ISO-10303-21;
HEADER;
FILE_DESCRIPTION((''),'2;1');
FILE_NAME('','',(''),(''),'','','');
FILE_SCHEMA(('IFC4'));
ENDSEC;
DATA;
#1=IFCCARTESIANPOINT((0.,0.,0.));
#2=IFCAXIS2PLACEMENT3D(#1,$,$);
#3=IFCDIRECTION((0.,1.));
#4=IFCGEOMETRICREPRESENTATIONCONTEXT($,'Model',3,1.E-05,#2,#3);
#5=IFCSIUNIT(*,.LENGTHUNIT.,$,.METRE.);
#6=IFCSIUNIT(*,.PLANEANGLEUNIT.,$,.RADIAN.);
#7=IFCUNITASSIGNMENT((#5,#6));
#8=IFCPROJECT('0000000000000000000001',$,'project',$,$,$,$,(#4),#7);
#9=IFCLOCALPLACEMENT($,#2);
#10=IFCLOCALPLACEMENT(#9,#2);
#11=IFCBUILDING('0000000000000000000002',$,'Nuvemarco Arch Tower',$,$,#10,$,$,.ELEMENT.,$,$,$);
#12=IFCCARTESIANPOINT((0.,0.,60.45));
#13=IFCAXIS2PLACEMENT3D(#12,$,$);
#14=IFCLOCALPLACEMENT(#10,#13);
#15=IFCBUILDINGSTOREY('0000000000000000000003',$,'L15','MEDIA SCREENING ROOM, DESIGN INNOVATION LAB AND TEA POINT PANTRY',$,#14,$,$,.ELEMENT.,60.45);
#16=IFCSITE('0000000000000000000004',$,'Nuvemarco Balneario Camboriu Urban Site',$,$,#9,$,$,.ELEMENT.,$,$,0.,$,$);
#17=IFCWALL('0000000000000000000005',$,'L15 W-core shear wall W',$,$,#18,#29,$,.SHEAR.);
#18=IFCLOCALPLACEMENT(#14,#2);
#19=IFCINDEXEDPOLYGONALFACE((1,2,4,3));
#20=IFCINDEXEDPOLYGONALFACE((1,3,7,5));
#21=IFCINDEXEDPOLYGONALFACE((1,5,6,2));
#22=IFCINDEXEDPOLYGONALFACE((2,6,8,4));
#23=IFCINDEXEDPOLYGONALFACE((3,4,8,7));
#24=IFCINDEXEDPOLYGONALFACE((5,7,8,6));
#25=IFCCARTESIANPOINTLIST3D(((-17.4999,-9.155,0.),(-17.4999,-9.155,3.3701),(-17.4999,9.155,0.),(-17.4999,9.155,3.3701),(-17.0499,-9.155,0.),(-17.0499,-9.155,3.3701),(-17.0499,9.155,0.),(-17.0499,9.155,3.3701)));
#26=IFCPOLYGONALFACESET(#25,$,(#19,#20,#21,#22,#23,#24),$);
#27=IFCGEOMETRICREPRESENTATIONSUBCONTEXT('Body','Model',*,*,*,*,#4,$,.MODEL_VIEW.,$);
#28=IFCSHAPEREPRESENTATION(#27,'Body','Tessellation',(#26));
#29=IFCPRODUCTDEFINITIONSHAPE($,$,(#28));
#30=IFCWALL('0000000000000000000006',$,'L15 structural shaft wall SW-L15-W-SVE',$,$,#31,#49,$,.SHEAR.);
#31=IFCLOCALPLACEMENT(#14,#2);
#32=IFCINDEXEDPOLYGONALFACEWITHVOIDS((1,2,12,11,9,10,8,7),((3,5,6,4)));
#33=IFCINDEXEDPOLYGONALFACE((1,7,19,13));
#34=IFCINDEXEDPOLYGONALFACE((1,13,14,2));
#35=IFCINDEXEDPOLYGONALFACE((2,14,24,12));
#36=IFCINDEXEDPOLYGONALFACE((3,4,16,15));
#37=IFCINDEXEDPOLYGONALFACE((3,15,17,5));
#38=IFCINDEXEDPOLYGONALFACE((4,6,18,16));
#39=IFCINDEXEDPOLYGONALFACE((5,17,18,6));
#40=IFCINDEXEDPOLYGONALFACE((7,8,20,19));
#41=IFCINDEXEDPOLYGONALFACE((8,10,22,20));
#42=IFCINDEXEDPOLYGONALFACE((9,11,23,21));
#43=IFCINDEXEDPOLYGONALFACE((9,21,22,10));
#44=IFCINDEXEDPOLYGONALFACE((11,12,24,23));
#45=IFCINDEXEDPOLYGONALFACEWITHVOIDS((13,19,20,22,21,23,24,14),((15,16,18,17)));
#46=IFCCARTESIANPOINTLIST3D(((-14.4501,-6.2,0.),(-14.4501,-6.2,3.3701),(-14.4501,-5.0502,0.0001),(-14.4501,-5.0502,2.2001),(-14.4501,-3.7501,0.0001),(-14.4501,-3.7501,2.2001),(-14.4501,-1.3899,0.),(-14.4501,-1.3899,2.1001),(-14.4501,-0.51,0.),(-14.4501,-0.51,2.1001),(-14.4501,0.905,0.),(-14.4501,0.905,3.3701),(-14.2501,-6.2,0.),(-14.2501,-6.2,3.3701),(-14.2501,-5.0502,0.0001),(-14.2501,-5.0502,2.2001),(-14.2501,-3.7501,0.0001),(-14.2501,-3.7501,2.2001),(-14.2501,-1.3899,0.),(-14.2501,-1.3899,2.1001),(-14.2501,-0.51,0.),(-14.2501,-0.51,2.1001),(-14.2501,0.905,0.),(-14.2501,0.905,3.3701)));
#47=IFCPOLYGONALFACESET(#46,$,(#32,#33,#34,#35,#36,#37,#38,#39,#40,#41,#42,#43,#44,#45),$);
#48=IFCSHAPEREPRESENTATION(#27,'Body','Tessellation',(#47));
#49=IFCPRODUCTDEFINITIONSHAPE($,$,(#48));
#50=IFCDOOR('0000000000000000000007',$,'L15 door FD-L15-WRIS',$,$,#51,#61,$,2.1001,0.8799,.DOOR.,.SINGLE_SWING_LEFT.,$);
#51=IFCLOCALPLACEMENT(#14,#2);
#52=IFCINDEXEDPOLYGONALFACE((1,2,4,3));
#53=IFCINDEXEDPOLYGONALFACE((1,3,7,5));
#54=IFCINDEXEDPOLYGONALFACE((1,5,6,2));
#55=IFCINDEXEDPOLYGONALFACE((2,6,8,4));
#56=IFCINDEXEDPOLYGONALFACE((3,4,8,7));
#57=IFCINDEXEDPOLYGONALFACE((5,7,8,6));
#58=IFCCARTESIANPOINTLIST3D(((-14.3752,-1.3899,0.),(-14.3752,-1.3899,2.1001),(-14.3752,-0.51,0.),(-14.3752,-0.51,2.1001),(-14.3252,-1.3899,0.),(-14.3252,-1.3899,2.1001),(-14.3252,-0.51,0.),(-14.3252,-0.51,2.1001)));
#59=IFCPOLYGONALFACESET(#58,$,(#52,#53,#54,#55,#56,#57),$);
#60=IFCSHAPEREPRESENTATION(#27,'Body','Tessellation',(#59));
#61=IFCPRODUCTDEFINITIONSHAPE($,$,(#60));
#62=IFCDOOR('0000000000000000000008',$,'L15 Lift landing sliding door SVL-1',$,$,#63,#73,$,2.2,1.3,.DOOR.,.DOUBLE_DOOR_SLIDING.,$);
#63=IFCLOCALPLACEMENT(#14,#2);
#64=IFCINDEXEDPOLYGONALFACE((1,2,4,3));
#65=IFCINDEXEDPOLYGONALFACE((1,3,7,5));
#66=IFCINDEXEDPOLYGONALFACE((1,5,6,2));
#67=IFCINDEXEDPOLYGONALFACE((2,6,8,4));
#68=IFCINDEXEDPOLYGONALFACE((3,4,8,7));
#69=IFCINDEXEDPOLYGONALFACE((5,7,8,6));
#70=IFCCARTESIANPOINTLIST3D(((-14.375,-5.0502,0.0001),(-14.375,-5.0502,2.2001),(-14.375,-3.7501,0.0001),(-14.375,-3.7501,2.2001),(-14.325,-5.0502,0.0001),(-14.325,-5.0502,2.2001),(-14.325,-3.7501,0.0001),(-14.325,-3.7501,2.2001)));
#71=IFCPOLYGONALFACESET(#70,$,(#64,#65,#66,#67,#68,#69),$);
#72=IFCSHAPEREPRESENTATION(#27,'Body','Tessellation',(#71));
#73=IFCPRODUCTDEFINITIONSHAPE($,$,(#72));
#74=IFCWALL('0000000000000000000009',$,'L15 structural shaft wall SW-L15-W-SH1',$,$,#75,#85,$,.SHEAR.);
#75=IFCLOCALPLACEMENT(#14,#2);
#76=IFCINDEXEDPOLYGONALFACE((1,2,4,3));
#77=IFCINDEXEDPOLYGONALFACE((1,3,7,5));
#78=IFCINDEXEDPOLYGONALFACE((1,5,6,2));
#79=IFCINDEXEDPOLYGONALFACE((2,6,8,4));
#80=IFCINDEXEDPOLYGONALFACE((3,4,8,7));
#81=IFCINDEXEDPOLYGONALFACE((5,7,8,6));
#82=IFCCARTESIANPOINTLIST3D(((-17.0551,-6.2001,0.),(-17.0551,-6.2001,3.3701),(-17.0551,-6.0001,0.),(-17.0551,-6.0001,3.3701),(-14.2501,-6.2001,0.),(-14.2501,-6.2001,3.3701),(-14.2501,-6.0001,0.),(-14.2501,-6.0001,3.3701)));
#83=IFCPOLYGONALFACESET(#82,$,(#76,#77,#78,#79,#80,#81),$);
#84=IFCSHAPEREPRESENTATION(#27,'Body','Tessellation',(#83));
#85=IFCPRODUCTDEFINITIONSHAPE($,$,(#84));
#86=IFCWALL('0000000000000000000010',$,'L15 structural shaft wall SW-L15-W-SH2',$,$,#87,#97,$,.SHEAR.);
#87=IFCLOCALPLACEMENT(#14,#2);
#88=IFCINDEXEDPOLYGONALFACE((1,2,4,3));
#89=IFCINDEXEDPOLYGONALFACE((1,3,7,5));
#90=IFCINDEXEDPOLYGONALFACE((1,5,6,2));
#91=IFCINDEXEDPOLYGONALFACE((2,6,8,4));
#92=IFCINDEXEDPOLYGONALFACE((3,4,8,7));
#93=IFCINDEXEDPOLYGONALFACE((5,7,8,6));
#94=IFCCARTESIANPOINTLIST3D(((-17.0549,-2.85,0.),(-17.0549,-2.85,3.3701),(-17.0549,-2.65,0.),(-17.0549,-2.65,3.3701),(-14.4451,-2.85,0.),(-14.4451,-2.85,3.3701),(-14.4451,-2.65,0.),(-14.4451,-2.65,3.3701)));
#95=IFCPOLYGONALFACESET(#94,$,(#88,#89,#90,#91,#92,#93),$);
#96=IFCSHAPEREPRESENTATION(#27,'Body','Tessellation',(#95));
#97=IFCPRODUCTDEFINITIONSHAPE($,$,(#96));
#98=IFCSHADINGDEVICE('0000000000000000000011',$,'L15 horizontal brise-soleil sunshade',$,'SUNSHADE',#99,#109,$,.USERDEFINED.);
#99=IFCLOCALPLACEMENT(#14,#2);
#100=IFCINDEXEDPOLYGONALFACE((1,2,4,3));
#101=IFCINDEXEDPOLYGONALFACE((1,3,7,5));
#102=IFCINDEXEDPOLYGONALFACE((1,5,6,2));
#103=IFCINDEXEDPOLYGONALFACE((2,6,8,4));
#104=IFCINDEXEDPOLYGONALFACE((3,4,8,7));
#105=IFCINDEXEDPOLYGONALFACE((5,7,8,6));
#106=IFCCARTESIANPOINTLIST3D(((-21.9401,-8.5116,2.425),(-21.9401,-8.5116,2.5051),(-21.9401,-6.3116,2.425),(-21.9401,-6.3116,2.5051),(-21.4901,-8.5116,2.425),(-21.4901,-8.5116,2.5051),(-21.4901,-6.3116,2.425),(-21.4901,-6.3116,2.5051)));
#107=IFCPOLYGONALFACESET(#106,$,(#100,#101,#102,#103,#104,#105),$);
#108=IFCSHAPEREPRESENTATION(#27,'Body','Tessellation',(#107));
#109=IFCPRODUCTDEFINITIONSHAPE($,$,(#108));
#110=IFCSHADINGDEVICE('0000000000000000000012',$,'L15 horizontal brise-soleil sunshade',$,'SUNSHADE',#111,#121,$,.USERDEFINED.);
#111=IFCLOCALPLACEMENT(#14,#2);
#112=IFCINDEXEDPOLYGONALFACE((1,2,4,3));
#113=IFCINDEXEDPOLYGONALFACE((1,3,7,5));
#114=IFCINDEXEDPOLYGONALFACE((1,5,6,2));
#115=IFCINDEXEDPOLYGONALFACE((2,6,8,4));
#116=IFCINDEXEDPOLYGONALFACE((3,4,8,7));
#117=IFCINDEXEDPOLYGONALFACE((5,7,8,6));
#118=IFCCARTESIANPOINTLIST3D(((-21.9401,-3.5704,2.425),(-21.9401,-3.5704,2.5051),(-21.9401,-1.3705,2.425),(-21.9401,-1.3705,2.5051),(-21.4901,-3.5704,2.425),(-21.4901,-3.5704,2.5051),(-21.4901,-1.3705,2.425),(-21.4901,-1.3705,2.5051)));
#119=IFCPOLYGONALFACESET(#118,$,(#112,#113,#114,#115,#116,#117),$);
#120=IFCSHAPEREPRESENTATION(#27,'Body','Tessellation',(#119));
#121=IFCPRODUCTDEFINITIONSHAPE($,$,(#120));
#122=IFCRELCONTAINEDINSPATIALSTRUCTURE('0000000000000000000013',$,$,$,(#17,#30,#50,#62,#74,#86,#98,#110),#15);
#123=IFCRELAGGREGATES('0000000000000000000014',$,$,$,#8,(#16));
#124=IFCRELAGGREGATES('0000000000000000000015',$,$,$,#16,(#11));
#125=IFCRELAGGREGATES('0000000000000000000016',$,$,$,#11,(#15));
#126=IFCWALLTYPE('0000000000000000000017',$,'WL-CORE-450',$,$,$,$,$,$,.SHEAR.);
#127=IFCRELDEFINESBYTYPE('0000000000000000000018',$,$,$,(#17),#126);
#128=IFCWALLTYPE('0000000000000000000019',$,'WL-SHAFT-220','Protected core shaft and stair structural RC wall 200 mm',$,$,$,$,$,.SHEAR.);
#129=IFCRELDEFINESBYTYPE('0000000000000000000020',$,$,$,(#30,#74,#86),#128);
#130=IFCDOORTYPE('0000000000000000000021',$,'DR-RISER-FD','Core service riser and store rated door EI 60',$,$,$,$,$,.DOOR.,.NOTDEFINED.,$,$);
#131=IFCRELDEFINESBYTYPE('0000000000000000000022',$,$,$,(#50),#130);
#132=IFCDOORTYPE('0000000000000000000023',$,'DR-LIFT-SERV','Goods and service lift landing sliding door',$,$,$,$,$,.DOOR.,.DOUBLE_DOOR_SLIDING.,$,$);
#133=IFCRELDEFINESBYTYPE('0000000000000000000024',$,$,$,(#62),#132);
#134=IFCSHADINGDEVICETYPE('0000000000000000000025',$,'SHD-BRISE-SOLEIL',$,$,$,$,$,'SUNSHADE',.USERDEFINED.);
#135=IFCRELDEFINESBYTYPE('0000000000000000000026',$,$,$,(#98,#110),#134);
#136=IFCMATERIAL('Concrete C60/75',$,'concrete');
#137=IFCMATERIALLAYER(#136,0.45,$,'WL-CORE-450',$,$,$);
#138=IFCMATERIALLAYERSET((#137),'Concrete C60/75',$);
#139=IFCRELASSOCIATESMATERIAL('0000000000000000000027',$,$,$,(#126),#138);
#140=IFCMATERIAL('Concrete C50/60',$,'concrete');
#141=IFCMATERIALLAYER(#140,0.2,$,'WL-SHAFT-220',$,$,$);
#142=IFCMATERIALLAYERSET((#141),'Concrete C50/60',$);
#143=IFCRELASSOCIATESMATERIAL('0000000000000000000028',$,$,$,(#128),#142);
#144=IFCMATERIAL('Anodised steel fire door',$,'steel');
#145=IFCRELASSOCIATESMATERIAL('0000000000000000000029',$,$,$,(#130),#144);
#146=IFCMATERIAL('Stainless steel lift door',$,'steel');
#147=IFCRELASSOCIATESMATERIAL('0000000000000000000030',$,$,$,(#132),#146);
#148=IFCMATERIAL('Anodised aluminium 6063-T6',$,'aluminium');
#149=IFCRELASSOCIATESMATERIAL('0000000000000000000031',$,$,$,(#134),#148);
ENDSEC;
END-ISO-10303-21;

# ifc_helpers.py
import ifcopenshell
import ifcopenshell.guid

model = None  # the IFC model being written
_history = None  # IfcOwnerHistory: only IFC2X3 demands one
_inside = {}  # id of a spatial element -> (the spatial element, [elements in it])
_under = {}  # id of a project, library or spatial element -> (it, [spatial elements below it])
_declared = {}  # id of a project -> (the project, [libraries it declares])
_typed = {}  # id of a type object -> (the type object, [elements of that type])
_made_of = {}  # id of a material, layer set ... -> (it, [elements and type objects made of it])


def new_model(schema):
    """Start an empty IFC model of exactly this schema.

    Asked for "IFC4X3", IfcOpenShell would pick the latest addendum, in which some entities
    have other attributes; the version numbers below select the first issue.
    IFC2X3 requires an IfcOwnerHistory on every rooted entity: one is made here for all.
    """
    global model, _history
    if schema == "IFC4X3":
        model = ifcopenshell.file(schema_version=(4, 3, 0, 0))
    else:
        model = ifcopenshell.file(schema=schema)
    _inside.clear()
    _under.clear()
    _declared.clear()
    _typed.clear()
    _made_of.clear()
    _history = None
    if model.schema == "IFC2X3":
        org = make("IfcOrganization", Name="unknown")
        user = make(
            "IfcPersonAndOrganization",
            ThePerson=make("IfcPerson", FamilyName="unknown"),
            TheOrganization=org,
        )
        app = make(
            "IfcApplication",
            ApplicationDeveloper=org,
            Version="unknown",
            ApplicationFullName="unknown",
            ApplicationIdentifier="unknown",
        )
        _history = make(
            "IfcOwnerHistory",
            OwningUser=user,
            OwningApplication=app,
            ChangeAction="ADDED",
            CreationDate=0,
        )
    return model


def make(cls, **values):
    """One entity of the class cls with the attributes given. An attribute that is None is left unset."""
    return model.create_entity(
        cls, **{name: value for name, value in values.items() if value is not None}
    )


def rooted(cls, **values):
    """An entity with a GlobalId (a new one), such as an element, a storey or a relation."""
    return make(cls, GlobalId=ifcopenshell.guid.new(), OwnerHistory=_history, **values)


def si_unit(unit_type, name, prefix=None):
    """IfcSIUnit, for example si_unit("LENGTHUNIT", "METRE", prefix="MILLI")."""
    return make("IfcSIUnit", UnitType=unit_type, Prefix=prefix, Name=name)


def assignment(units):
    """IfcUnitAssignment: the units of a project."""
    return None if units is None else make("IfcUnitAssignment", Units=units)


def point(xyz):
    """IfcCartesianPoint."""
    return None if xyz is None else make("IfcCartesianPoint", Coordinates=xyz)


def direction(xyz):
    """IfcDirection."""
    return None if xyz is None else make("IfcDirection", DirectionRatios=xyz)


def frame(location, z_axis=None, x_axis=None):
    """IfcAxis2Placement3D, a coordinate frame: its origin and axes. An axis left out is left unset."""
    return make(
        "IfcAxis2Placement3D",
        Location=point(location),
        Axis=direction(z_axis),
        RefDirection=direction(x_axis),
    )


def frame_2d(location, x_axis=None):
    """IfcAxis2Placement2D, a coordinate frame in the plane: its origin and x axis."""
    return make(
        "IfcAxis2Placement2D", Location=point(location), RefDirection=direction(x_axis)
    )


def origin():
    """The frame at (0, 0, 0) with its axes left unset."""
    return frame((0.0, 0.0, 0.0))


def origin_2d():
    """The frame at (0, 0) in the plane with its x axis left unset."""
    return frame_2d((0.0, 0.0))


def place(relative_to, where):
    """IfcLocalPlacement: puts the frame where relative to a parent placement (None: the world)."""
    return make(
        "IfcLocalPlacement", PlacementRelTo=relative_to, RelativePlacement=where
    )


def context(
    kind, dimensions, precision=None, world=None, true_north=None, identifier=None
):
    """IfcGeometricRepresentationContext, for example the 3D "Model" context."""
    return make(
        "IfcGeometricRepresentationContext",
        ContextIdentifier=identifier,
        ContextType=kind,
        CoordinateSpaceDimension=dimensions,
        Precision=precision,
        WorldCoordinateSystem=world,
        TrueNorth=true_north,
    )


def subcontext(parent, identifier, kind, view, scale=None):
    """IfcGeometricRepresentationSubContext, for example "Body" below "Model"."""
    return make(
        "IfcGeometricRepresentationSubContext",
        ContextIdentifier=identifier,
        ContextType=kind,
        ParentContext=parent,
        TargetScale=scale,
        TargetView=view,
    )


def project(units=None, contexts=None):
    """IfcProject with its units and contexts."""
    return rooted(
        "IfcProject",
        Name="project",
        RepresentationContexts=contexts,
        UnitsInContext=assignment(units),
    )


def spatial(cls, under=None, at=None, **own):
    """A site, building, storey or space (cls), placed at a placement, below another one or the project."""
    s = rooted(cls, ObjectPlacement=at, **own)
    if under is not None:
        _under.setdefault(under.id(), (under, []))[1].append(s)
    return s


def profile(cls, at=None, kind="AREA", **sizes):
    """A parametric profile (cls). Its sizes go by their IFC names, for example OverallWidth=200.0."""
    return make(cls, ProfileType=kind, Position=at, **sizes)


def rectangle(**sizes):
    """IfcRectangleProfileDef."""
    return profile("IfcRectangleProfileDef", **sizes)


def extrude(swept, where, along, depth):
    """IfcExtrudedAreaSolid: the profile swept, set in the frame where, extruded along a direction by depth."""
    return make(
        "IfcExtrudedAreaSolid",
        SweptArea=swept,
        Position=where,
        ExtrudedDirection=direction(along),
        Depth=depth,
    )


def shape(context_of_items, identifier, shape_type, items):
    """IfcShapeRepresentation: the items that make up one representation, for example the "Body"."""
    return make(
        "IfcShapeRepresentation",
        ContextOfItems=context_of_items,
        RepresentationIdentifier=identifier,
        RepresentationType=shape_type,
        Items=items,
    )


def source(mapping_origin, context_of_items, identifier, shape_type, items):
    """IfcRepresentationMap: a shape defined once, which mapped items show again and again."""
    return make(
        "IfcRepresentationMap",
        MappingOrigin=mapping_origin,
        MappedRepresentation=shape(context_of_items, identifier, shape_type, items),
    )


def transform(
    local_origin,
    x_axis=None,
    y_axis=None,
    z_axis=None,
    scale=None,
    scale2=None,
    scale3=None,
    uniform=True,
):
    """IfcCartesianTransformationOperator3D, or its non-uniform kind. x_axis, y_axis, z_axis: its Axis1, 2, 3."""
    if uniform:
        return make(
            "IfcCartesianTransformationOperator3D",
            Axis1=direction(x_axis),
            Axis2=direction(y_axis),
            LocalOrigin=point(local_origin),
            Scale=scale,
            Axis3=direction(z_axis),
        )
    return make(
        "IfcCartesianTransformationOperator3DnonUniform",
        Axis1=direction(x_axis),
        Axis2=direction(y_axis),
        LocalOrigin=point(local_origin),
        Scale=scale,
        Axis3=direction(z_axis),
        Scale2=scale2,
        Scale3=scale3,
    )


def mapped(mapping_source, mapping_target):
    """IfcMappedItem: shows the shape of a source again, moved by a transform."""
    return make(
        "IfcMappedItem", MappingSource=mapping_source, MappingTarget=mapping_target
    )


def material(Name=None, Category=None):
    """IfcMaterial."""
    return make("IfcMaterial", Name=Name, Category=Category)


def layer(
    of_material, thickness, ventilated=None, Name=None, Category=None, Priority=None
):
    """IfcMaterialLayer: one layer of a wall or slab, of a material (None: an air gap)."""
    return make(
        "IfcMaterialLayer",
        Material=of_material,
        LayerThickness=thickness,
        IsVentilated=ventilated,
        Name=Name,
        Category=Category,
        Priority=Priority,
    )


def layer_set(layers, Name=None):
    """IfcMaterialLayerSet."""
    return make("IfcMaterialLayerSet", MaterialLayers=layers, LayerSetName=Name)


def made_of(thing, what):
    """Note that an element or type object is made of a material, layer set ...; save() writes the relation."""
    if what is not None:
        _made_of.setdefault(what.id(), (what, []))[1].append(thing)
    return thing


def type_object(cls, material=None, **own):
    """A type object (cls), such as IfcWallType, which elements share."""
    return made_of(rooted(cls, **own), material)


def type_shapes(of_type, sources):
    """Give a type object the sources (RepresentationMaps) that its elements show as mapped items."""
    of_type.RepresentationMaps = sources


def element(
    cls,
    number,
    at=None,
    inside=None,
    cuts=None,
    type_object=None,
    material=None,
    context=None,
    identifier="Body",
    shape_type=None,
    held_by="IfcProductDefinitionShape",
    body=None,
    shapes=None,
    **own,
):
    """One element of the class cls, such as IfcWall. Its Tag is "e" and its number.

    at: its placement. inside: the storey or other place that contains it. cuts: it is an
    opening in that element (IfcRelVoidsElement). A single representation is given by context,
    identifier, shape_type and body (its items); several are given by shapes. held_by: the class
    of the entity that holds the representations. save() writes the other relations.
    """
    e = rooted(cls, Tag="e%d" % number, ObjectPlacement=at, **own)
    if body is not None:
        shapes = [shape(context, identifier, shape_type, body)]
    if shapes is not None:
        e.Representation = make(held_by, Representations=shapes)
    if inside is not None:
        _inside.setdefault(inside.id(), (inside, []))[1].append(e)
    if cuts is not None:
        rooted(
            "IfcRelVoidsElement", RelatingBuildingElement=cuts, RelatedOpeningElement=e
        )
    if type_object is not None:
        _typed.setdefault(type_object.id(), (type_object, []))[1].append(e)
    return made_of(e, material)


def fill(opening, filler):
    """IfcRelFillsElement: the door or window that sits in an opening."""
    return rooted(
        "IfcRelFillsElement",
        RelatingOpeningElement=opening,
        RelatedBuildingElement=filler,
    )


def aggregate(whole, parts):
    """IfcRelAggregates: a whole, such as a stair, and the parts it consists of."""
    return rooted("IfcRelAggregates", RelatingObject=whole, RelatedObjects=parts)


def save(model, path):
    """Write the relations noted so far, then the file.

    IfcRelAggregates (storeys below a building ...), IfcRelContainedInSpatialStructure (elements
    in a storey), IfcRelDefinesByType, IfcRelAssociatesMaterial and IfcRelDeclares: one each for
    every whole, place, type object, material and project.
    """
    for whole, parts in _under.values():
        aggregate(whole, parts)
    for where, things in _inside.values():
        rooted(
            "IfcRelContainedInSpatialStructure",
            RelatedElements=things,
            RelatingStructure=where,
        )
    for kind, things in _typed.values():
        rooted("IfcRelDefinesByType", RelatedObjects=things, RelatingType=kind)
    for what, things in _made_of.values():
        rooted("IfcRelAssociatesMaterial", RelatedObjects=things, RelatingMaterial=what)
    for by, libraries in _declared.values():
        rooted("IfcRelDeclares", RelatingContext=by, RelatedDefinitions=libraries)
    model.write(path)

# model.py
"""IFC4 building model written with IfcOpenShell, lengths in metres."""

from ifc_helpers import new_model, si_unit, direction, frame, frame_2d, origin, origin_2d, place, context, subcontext, project, spatial, rectangle, extrude, source, transform, mapped, material, layer, layer_set, type_object, type_shapes, element, fill, save


model = new_model("IFC4")

# Units and contexts
model_context = context("Model", 3, precision=1e-05, world=origin(), true_north=direction((0.0, 1.0)))
body_context = subcontext(model_context, "Body", "Model", "MODEL_VIEW")
ifc_project = project(units=[si_unit("LENGTHUNIT", "METRE"), si_unit("PLANEANGLEUNIT", "RADIAN")], contexts=[model_context])

# Site, building, storey
site_placement = place(None, origin())
site = spatial("IfcSite", under=ifc_project, at=site_placement, Name="Nuvemarco Balneario Camboriu Urban Site", CompositionType="ELEMENT", RefElevation=0.0)
building_placement = place(site_placement, origin())
building = spatial("IfcBuilding", under=site, at=building_placement, Name="Nuvemarco Arch Tower", CompositionType="ELEMENT")
storey_placement = place(building_placement, frame((0.0, 0.0, 60.45)))
storey = spatial("IfcBuildingStorey", under=building, at=storey_placement, Name="L15", Description="MEDIA SCREENING ROOM, DESIGN INNOVATION LAB AND TEA POINT PANTRY", CompositionType="ELEMENT", Elevation=60.45)

# Shared definitions
ifc_material_1 = material(Name="Concrete C60/75", Category="concrete")

# Wall
ifc_layer_1 = layer(ifc_material_1, 0.45, Name="WL-CORE-450")
ifc_layer_set_1 = layer_set([ifc_layer_1], Name="Concrete C60/75")
wall_type_1 = type_object("IfcWallType", Name="WL-CORE-450", PredefinedType="SHEAR", material=ifc_layer_set_1)
wall_1_placement = place(storey_placement, frame((-17.2749, -9.155, 0.0), z_axis=(0.0, 0.0, 1.0), x_axis=(0.0, 1.0, 0.0)))
element("IfcWall", 1, at=wall_1_placement, inside=storey, type_object=wall_type_1, Name="L15 W-core shear wall W", PredefinedType="SHEAR", context=body_context, shape_type="SweptSolid", body=[
    extrude(rectangle(XDim=18.3101, YDim=0.45, at=frame_2d((9.155, 0.0))), origin(), (0.0, 0.0, 1.0), 3.3701),
])

# Shared definitions
ifc_material_2 = material(Name="Concrete C50/60", Category="concrete")
ifc_layer_2 = layer(ifc_material_2, 0.2, Name="WL-SHAFT-220")
ifc_layer_set_2 = layer_set([ifc_layer_2], Name="Concrete C50/60")
wall_type_2 = type_object("IfcWallType", Name="WL-SHAFT-220", Description="Protected core shaft and stair structural RC wall 200 mm", PredefinedType="SHEAR", material=ifc_layer_set_2)
ifc_material_3 = material(Name="Stainless steel lift door", Category="steel")

# Wall, openings, doors
wall_2_placement = place(storey_placement, frame((-14.3501, -6.2, 0.0), z_axis=(0.0, 0.0, 1.0), x_axis=(0.0, 1.0, 0.0)))
wall_2 = element("IfcWall", 2, at=wall_2_placement, inside=storey, type_object=wall_type_2, Name="L15 structural shaft wall SW-L15-W-SVE", PredefinedType="SHEAR", context=body_context, shape_type="SweptSolid", body=[
    extrude(rectangle(XDim=7.105, YDim=0.2, at=frame_2d((3.5525, 0.0))), origin(), (0.0, 0.0, 1.0), 3.3701),
])
opening_1_placement = place(wall_2_placement, frame((5.6899, 0.0, 0.0), z_axis=(0.0, 0.0, 1.0), x_axis=(-1.0, 0.0, 0.0)))
opening_1 = element("IfcOpeningElement", 3, at=opening_1_placement, cuts=wall_2, PredefinedType="OPENING", context=body_context, shape_type="SweptSolid", body=[
    extrude(rectangle(XDim=0.8799, YDim=2.1001, at=frame_2d((0.4399, 1.05))), frame((0.0, 0.1099, 0.0), z_axis=(0.0, -1.0, 0.0), x_axis=(1.0, 0.0, 0.0)), (0.0, 0.0, 1.0), 0.22),
])
opening_2_placement = place(wall_2_placement, frame((1.1499, 0.0, 0.0)))
opening_2 = element("IfcOpeningElement", 4, at=opening_2_placement, cuts=wall_2, PredefinedType="OPENING", context=body_context, shape_type="SweptSolid", body=[
    extrude(rectangle(XDim=1.3, YDim=2.2, at=frame_2d((0.6499, 1.1001))), frame((0.0, 0.1099, 0.0), z_axis=(0.0, -1.0, 0.0), x_axis=(1.0, 0.0, 0.0)), (0.0, 0.0, 1.0), 0.22),
])
ifc_material_4 = material(Name="Anodised steel fire door", Category="steel")
door_type_1 = type_object("IfcDoorType", Name="DR-RISER-FD", Description="Core service riser and store rated door EI 60", OperationType="NOTDEFINED", PredefinedType="DOOR", material=ifc_material_4)
shared_shape_1 = source(origin(), body_context, "Body", "SweptSolid", [
    extrude(rectangle(XDim=0.8799, YDim=2.1001, at=frame_2d((0.4399, 1.05))), frame((0.0, 0.0249, 0.0), z_axis=(0.0, -1.0, 0.0), x_axis=(1.0, 0.0, 0.0)), (0.0, 0.0, 1.0), 0.05),
])
type_shapes(door_type_1, [shared_shape_1])
door_1_placement = place(opening_1_placement, origin())
door_1 = element("IfcDoor", 5, at=door_1_placement, inside=storey, type_object=door_type_1, Name="L15 door FD-L15-WRIS", OperationType="SINGLE_SWING_LEFT", OverallHeight=2.1001, OverallWidth=0.8799, PredefinedType="DOOR", context=body_context, shape_type="MappedRepresentation", body=[
    mapped(shared_shape_1, transform((0.0, 0.0, 0.0), scale=1.0)),
])
fill(opening_1, door_1)
door_type_2 = type_object("IfcDoorType", Name="DR-LIFT-SERV", Description="Goods and service lift landing sliding door", OperationType="DOUBLE_DOOR_SLIDING", PredefinedType="DOOR", material=ifc_material_3)
shared_shape_2 = source(origin(), body_context, "Body", "SweptSolid", [
    extrude(rectangle(XDim=1.3, YDim=2.2, at=frame_2d((0.6499, 1.1001))), frame((0.0, 0.0249, 0.0), z_axis=(0.0, -1.0, 0.0), x_axis=(1.0, 0.0, 0.0)), (0.0, 0.0, 1.0), 0.05),
])
type_shapes(door_type_2, [shared_shape_2])
door_2_placement = place(opening_2_placement, origin())
door_2 = element("IfcDoor", 6, at=door_2_placement, inside=storey, type_object=door_type_2, Name="L15 Lift landing sliding door SVL-1", OperationType="DOUBLE_DOOR_SLIDING", OverallHeight=2.2, OverallWidth=1.3, PredefinedType="DOOR", context=body_context, shape_type="MappedRepresentation", body=[
    mapped(shared_shape_2, transform((0.0, 0.0, 0.0), scale=1.0)),
])
fill(opening_2, door_2)

# Walls
wall_3_placement = place(storey_placement, frame((-17.0549, -6.1001, 0.0), z_axis=(0.0, 0.0, 1.0), x_axis=(1.0, 0.0, 0.0)))
element("IfcWall", 7, at=wall_3_placement, inside=storey, type_object=wall_type_2, Name="L15 structural shaft wall SW-L15-W-SH1", PredefinedType="SHEAR", context=body_context, shape_type="SweptSolid", body=[
    extrude(rectangle(XDim=2.8049, YDim=0.2, at=frame_2d((1.4023, 0.0))), origin(), (0.0, 0.0, 1.0), 3.3701),
])
wall_4_placement = place(storey_placement, frame((-17.0549, -2.75, 0.0), z_axis=(0.0, 0.0, 1.0), x_axis=(1.0, 0.0, 0.0)))
element("IfcWall", 8, at=wall_4_placement, inside=storey, type_object=wall_type_2, Name="L15 structural shaft wall SW-L15-W-SH2", PredefinedType="SHEAR", context=body_context, shape_type="SweptSolid", body=[
    extrude(rectangle(XDim=2.6099, YDim=0.2, at=frame_2d((1.3049, 0.0))), origin(), (0.0, 0.0, 1.0), 3.3701),
])

# Shading devices
ifc_material_5 = material(Name="Anodised aluminium 6063-T6", Category="aluminium")
shading_device_type = type_object("IfcShadingDeviceType", Name="SHD-BRISE-SOLEIL", ElementType="SUNSHADE", PredefinedType="USERDEFINED", material=ifc_material_5)
shared_shape_3 = source(origin(), body_context, "Body", "SweptSolid", [
    extrude(rectangle(XDim=2.2, YDim=0.45, at=origin_2d()), origin(), (0.0, 0.0, 1.0), 0.0801),
])
type_shapes(shading_device_type, [shared_shape_3])
for number, where, z_axis, x_axis, name in (
    (9, (-21.7151, -7.4116, 2.425), (0.0, 0.0, 1.0), (0.0, 1.0, 0.0), "L15 horizontal brise-soleil sunshade"),
    (10, (-21.7151, -2.4705, 2.425), (0.0, 0.0, 1.0), (0.0, 1.0, 0.0), "L15 horizontal brise-soleil sunshade"),
):
    element("IfcShadingDevice", number, at=place(storey_placement, frame(where, z_axis=z_axis, x_axis=x_axis)), inside=storey, type_object=shading_device_type, Name=name, ObjectType="SUNSHADE", PredefinedType="USERDEFINED", context=body_context, shape_type="MappedRepresentation", body=[
        mapped(shared_shape_3, transform((0.0, 0.0, 0.0), scale=1.0)),
    ])

save(model, "model.ifc")
